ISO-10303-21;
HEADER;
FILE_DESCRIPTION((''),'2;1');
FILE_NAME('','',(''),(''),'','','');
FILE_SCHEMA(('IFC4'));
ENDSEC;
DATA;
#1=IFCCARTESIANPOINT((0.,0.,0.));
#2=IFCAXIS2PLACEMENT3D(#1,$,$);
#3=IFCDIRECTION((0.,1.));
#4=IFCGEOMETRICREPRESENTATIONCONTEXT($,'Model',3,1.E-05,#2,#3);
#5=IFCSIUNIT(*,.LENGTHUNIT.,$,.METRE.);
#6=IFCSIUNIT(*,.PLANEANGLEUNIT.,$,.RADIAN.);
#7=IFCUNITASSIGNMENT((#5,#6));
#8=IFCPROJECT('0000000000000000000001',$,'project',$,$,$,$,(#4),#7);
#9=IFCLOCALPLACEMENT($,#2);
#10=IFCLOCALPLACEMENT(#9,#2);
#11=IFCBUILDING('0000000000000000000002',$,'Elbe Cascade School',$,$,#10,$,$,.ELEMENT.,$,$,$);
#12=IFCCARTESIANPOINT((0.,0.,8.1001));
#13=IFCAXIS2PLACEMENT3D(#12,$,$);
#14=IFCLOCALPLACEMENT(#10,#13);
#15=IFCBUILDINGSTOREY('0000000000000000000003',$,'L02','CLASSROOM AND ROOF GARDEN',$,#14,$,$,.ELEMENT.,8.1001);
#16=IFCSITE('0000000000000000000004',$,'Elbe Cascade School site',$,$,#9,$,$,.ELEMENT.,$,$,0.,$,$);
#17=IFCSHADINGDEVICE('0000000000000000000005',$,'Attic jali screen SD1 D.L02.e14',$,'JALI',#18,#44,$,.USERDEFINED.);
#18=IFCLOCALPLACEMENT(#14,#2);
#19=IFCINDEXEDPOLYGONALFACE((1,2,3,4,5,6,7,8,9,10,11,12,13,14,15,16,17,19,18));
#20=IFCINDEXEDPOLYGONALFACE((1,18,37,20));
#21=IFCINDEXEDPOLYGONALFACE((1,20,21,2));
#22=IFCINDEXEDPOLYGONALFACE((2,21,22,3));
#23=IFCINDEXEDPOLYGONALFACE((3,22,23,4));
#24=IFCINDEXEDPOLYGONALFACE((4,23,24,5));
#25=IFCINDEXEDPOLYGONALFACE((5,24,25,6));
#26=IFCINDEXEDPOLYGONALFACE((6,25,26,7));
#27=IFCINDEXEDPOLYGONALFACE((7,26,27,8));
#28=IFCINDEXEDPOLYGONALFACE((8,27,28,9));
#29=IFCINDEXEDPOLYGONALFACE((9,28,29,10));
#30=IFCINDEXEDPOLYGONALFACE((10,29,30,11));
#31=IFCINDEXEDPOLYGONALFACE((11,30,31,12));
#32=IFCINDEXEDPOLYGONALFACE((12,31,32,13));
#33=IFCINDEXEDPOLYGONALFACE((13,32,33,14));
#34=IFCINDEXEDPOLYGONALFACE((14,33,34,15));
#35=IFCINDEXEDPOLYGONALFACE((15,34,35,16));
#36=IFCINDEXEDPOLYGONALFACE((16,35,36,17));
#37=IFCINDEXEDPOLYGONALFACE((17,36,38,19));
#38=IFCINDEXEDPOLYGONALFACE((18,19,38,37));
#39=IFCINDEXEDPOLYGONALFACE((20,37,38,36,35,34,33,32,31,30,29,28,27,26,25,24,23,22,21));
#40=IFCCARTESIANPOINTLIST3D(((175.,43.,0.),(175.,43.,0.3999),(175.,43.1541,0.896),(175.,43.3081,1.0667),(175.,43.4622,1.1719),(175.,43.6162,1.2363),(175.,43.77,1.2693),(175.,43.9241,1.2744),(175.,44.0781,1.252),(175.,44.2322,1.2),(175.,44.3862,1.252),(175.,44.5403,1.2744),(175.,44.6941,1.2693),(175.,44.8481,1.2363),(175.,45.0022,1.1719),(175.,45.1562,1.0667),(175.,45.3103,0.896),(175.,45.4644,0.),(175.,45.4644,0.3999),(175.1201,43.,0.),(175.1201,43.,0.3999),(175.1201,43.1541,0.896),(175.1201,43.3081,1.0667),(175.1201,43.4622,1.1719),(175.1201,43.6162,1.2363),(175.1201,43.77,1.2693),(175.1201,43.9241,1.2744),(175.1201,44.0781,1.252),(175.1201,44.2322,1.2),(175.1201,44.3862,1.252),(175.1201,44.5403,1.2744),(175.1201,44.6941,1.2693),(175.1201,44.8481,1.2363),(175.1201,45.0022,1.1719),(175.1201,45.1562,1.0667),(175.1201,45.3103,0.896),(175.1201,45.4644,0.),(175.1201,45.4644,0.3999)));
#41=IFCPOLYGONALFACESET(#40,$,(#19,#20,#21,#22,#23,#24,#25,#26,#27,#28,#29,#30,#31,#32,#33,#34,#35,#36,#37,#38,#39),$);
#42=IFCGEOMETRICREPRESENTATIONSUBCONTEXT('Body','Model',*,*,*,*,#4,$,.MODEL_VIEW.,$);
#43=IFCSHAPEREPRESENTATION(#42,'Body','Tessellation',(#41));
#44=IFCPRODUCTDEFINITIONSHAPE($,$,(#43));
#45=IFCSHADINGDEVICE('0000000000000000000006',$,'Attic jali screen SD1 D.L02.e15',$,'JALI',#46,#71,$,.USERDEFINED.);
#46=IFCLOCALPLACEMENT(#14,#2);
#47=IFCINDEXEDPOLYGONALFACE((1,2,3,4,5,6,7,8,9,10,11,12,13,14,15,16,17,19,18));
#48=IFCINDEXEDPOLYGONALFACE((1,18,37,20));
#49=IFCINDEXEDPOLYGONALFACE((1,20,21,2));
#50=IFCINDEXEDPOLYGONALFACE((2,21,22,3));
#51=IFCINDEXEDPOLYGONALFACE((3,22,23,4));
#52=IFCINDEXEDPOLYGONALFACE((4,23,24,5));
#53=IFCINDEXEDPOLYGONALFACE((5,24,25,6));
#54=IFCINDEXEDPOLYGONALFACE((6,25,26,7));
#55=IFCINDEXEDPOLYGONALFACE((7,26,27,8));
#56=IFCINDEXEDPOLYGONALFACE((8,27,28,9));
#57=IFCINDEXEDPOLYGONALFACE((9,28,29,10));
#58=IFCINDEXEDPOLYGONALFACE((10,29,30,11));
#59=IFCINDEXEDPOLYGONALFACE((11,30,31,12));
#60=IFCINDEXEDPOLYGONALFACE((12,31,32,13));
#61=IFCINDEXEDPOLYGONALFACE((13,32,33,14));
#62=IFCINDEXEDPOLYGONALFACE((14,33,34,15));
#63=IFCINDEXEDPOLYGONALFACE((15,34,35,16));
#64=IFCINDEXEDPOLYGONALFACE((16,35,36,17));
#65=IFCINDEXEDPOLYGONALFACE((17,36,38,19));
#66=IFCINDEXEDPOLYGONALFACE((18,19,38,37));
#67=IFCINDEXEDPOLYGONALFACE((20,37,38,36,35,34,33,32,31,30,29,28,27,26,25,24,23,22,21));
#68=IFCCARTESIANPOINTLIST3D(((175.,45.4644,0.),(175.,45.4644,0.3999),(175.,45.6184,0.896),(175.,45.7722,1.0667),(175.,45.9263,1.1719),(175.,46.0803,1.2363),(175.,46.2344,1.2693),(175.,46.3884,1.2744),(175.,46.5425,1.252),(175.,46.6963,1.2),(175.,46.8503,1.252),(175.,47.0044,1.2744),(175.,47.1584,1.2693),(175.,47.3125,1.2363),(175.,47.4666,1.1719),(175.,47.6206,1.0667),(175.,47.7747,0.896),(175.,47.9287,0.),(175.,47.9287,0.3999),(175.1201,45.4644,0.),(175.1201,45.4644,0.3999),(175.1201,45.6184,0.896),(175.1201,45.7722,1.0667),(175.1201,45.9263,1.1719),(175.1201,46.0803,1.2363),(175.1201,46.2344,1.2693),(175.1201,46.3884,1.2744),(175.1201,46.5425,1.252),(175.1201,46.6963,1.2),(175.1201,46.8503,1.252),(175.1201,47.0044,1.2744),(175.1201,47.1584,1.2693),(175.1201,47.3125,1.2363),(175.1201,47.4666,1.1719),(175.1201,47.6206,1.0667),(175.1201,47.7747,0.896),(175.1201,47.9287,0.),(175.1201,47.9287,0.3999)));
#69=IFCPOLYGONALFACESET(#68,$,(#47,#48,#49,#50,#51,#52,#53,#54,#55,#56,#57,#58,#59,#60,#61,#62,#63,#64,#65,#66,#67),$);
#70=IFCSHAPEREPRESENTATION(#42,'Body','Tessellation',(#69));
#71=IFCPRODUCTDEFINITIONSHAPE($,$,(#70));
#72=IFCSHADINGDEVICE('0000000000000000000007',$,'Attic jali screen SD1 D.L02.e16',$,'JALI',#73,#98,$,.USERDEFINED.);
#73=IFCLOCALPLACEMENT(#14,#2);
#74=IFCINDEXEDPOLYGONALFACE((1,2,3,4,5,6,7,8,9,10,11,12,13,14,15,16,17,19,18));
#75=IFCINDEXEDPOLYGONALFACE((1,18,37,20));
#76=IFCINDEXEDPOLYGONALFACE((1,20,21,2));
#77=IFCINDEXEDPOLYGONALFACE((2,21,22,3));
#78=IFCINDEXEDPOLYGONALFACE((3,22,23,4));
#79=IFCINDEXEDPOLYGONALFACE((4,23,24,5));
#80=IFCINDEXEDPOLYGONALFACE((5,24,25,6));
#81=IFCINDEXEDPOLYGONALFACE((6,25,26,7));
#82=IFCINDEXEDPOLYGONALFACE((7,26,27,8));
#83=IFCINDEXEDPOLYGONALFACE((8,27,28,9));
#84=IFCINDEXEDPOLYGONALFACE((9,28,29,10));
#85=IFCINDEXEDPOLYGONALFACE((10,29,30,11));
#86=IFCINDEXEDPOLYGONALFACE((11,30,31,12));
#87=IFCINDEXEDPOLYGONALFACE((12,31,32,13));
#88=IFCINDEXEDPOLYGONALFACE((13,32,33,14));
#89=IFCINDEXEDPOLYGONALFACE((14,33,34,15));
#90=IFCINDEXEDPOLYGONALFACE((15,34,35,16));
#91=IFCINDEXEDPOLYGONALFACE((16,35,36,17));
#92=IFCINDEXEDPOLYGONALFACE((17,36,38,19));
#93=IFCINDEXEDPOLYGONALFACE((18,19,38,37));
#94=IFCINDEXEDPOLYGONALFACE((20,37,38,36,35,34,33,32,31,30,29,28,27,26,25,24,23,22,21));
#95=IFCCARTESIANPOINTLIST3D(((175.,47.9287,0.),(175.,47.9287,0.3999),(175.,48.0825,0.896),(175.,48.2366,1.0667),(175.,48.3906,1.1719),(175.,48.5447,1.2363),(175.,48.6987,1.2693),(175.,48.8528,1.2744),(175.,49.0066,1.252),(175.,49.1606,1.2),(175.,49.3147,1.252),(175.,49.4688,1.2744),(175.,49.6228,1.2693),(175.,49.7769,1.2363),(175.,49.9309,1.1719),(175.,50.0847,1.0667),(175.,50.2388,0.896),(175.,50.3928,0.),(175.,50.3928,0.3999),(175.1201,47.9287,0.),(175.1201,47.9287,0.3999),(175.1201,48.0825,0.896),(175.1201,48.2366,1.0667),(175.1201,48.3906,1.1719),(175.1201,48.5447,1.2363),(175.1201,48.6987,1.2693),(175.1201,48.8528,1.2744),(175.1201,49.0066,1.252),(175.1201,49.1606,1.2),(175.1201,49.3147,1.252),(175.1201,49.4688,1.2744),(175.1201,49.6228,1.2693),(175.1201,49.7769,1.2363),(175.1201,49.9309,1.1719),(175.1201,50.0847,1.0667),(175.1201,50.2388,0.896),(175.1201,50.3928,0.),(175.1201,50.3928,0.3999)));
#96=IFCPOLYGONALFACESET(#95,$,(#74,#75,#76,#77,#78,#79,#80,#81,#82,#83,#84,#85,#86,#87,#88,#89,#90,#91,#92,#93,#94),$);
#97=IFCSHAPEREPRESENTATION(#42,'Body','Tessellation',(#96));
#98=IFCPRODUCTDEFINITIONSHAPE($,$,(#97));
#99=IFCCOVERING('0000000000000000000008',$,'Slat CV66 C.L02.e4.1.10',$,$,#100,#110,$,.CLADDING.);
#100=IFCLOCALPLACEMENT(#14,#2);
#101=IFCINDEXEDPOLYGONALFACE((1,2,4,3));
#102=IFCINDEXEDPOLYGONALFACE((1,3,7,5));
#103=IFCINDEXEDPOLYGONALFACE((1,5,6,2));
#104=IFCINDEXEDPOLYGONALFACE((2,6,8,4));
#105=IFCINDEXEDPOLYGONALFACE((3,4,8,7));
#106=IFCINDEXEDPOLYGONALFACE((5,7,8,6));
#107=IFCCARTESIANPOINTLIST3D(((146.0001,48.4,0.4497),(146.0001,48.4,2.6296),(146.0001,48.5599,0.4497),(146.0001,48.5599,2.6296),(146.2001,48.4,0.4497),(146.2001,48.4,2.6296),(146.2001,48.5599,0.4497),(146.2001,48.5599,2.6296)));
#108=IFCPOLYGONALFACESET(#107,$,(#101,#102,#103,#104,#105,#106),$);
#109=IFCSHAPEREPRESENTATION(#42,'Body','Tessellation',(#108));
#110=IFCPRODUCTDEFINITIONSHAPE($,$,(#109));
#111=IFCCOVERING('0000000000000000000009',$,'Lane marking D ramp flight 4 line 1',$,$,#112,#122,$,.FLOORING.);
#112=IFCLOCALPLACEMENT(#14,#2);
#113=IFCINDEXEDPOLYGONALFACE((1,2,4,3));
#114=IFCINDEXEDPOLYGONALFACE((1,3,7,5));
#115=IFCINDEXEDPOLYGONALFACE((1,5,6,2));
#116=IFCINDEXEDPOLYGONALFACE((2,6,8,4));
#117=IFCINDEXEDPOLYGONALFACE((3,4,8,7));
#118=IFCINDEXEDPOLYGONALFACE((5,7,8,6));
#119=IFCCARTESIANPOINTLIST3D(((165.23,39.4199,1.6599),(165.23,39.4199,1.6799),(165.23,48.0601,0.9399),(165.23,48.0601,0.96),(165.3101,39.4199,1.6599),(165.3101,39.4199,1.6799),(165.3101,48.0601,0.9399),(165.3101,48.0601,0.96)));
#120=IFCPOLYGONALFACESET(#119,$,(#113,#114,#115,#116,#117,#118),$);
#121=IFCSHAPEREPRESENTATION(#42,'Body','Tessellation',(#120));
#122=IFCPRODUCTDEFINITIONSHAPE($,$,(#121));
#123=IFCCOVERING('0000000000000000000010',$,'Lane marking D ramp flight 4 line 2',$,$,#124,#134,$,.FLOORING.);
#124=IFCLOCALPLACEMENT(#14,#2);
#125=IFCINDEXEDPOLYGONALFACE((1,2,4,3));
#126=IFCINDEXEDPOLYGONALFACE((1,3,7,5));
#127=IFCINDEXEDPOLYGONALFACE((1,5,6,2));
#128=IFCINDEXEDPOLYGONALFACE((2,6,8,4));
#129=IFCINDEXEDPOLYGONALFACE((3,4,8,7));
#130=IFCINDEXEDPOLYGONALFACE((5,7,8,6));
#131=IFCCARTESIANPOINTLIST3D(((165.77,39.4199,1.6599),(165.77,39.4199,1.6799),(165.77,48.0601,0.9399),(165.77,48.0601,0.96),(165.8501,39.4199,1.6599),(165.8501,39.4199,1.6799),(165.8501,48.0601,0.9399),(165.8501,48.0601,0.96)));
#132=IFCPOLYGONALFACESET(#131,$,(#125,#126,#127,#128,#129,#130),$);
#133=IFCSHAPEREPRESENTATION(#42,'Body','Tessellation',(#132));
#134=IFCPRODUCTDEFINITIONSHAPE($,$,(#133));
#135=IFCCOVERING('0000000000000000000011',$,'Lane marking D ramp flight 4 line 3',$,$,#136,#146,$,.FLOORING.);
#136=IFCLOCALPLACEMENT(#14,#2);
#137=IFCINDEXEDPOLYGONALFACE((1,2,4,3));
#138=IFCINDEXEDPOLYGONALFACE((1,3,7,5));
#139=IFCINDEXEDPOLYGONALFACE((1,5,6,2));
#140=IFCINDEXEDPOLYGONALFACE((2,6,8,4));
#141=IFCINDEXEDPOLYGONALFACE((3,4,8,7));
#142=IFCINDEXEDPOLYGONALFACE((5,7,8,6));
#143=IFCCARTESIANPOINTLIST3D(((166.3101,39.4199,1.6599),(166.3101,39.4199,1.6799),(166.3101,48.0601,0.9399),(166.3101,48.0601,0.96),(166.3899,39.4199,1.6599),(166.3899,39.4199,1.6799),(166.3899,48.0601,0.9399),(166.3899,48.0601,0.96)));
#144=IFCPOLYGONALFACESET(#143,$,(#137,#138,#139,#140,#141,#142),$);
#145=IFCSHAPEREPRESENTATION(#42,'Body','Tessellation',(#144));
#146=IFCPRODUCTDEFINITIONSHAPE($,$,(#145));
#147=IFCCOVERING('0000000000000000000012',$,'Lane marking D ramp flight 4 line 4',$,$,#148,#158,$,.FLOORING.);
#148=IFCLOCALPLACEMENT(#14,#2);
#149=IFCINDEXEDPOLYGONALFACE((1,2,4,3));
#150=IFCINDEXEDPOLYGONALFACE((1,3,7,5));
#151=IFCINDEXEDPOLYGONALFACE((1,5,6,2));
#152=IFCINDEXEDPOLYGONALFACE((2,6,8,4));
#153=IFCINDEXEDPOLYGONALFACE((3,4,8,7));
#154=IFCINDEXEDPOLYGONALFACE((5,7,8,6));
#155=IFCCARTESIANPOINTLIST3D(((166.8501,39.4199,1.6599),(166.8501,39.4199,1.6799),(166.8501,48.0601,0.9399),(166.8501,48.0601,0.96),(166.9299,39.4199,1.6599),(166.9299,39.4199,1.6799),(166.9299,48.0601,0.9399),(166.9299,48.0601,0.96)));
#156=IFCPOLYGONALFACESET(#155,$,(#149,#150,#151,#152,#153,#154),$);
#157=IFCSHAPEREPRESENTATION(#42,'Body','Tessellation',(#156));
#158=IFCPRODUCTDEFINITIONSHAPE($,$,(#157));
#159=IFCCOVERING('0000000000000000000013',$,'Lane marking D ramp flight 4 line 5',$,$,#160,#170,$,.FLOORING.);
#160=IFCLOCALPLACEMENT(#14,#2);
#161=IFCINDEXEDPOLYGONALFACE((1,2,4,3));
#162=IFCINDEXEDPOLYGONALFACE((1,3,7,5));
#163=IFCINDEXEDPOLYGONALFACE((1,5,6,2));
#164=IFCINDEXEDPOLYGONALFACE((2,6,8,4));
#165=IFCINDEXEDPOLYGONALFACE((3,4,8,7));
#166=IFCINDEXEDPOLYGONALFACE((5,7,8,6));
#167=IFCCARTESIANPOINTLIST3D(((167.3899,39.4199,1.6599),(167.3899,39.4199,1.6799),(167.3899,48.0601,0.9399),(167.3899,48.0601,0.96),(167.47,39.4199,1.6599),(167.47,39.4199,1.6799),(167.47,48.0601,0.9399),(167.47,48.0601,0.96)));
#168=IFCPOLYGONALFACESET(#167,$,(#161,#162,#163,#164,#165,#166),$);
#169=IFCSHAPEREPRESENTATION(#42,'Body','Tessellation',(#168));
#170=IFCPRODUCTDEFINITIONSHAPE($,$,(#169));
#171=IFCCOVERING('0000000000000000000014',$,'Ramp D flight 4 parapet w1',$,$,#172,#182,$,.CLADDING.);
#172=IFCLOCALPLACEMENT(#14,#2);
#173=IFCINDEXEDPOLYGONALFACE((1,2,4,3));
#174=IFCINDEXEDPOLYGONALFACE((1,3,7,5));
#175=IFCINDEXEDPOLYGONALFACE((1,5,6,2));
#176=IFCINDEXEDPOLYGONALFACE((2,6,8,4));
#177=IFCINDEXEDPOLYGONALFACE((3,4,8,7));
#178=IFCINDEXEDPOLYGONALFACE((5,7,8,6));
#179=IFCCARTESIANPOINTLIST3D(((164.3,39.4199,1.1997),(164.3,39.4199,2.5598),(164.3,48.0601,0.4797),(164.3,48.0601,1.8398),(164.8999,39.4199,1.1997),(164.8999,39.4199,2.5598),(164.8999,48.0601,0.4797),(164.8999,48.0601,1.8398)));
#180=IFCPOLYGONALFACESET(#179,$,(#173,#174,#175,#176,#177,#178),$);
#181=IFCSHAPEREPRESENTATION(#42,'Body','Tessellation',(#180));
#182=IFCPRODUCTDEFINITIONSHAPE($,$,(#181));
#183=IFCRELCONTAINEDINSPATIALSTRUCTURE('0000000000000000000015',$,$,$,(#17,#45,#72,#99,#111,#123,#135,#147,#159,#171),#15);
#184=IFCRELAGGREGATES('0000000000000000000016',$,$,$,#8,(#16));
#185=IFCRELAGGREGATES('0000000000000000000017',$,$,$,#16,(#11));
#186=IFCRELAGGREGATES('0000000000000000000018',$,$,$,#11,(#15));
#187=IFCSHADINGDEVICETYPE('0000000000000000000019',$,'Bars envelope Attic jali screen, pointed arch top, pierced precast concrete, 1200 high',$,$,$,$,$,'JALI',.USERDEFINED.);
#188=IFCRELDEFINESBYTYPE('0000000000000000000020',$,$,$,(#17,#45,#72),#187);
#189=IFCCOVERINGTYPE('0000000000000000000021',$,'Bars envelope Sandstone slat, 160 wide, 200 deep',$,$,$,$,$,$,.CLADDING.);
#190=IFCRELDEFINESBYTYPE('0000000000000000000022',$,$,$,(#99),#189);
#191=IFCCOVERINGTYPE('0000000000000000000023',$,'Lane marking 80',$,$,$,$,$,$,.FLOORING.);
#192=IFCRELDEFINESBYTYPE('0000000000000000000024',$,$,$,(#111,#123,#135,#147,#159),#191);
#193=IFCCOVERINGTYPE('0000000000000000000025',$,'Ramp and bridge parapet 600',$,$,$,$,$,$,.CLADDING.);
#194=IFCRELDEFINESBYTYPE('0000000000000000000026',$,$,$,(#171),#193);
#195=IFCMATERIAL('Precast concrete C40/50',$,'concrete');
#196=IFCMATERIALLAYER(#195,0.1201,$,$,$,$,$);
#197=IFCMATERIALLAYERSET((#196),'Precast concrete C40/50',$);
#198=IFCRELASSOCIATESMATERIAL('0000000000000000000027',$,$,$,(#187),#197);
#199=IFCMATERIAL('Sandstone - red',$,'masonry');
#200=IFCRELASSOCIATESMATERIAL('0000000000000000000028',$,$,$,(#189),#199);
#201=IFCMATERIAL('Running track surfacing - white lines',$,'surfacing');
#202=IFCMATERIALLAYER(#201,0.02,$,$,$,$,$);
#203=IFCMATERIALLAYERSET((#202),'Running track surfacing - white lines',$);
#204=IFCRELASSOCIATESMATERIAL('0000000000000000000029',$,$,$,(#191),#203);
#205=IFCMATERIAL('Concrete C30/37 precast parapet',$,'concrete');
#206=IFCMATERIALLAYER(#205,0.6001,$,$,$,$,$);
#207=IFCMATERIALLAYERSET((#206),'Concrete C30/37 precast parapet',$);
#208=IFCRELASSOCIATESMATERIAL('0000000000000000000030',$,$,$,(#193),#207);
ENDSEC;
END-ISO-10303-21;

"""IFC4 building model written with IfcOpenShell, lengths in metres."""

from ifc_helpers import new_model, si_unit, direction, frame, origin, origin_2d, place, context, subcontext, project, spatial, polyline, rectangle, outline, extrude, material, layer, layer_set, type_object, element, save


model = new_model("IFC4")

# Units and contexts
model_context = context("Model", 3, precision=1e-05, world=origin(), true_north=direction((0.0, 1.0)))
body_context = subcontext(model_context, "Body", "Model", "MODEL_VIEW")
ifc_project = project(units=[si_unit("LENGTHUNIT", "METRE"), si_unit("PLANEANGLEUNIT", "RADIAN")], contexts=[model_context])

# Site, building, storey
site_placement = place(None, origin())
site = spatial("IfcSite", under=ifc_project, at=site_placement, Name="Elbe Cascade School site", CompositionType="ELEMENT", RefElevation=0.0)
building_placement = place(site_placement, origin())
building = spatial("IfcBuilding", under=site, at=building_placement, Name="Elbe Cascade School", CompositionType="ELEMENT")
storey_placement = place(building_placement, frame((0.0, 0.0, 8.1001)))
storey = spatial("IfcBuildingStorey", under=building, at=storey_placement, Name="L02", Description="CLASSROOM AND ROOF GARDEN", CompositionType="ELEMENT", Elevation=8.1001)

# Shading devices
ifc_material_1 = material(Name="Precast concrete C40/50", Category="concrete")
ifc_layer_1 = layer(ifc_material_1, 0.1201)
ifc_layer_set_1 = layer_set([ifc_layer_1], Name="Precast concrete C40/50")
shading_device_type = type_object("IfcShadingDeviceType", Name="Bars envelope Attic jali screen, pointed arch top, pierced precast concrete, 1200 high", ElementType="JALI", PredefinedType="USERDEFINED", material=ifc_layer_set_1)
shading_device_1_placement = place(storey_placement, frame((175.1201, 43.0, 0.0), z_axis=(1.0, 0.0, 0.0), x_axis=(0.0, 1.0, 0.0)))
element("IfcShadingDevice", 1, at=shading_device_1_placement, inside=storey, type_object=shading_device_type, Name="Attic jali screen SD1 D.L02.e14", ObjectType="JALI", PredefinedType="USERDEFINED", context=body_context, shape_type="SweptSolid", body=[
    extrude(outline(polyline([(0.0, 0.0), (2.4644, 0.0), (2.4644, 0.3999), (2.3103, 0.896), (2.1562, 1.0667), (2.0022, 1.1719), (1.8481, 1.2363), (1.6941, 1.2693), (1.5403, 1.2744), (1.3862, 1.252), (1.2322, 1.2), (1.0781, 1.252), (0.9241, 1.2744), (0.77, 1.2693), (0.6162, 1.2363), (0.4622, 1.1719), (0.3081, 1.0667), (0.1541, 0.896), (0.0, 0.3999), (0.0, 0.0)])), origin(), (0.0, 0.0, -1.0), 0.1201),
])
shading_device_2_placement = place(storey_placement, frame((175.1201, 45.4644, 0.0), z_axis=(1.0, 0.0, 0.0), x_axis=(0.0, 1.0, 0.0)))
element("IfcShadingDevice", 2, at=shading_device_2_placement, inside=storey, type_object=shading_device_type, Name="Attic jali screen SD1 D.L02.e15", ObjectType="JALI", PredefinedType="USERDEFINED", context=body_context, shape_type="SweptSolid", body=[
    extrude(outline(polyline([(0.0, 0.0), (2.4644, 0.0), (2.4644, 0.3999), (2.3103, 0.896), (2.1562, 1.0667), (2.0022, 1.1719), (1.8481, 1.2363), (1.6941, 1.2693), (1.54, 1.2744), (1.386, 1.252), (1.2319, 1.2), (1.0781, 1.252), (0.9241, 1.2744), (0.77, 1.2693), (0.616, 1.2363), (0.4619, 1.1719), (0.3079, 1.0667), (0.1541, 0.896), (0.0, 0.3999), (0.0, 0.0)])), origin(), (0.0, 0.0, -1.0), 0.1201),
])
shading_device_3_placement = place(storey_placement, frame((175.1201, 47.9287, 0.0), z_axis=(1.0, 0.0, 0.0), x_axis=(0.0, 1.0, 0.0)))
element("IfcShadingDevice", 3, at=shading_device_3_placement, inside=storey, type_object=shading_device_type, Name="Attic jali screen SD1 D.L02.e16", ObjectType="JALI", PredefinedType="USERDEFINED", context=body_context, shape_type="SweptSolid", body=[
    extrude(outline(polyline([(0.0, 0.0), (2.4641, 0.0), (2.4641, 0.3999), (2.3101, 0.896), (2.156, 1.0667), (2.0022, 1.1719), (1.8481, 1.2363), (1.6941, 1.2693), (1.54, 1.2744), (1.386, 1.252), (1.2319, 1.2), (1.0779, 1.252), (0.9241, 1.2744), (0.77, 1.2693), (0.616, 1.2363), (0.4619, 1.1719), (0.3079, 1.0667), (0.1538, 0.896), (0.0, 0.3999), (0.0, 0.0)])), origin(), (0.0, 0.0, -1.0), 0.1201),
])

# Coverings
ifc_material_2 = material(Name="Sandstone - red", Category="masonry")
covering_type_1 = type_object("IfcCoveringType", Name="Bars envelope Sandstone slat, 160 wide, 200 deep", PredefinedType="CLADDING", material=ifc_material_2)
covering_1_placement = place(storey_placement, frame((146.1001, 48.48, 0.4497), z_axis=(0.0, 0.0, 1.0), x_axis=(0.0, 1.0, 0.0)))
element("IfcCovering", 4, at=covering_1_placement, inside=storey, type_object=covering_type_1, Name="Slat CV66 C.L02.e4.1.10", PredefinedType="CLADDING", context=body_context, shape_type="SweptSolid", body=[
    extrude(rectangle(XDim=0.1599, YDim=0.2, at=origin_2d()), origin(), (0.0, 0.0, 1.0), 2.1799),
])
ifc_material_3 = material(Name="Running track surfacing - white lines", Category="surfacing")
ifc_layer_2 = layer(ifc_material_3, 0.02)
ifc_layer_set_2 = layer_set([ifc_layer_2], Name="Running track surfacing - white lines")
covering_type_2 = type_object("IfcCoveringType", Name="Lane marking 80", PredefinedType="FLOORING", material=ifc_layer_set_2)
for number, where, z_axis, x_axis, name in (
    (5, (165.23, 39.4199, 1.6799), (0.0, 0.083041, 0.996546), (0.0, 0.996546, -0.083041), "Lane marking D ramp flight 4 line 1"),
    (6, (165.77, 39.4199, 1.6799), (0.0, 0.083041, 0.996546), (0.0, 0.996546, -0.083041), "Lane marking D ramp flight 4 line 2"),
):
    element("IfcCovering", number, at=place(storey_placement, frame(where, z_axis=z_axis, x_axis=x_axis)), inside=storey, type_object=covering_type_2, Name=name, PredefinedType="FLOORING", context=body_context, shape_type="SweptSolid", body=[
        extrude(outline(polyline([(0.0, 0.0), (8.6701, 0.0), (8.6701, -0.0801), (0.0, -0.0801), (0.0, 0.0)])), origin(), (0.083041, 0.0, -0.996546), 0.02),
    ])
for number, where, z_axis, x_axis, name in (
    (7, (166.3101, 39.4199, 1.6799), (0.0, 0.083041, 0.996546), (0.0, 0.996546, -0.083041), "Lane marking D ramp flight 4 line 3"),
    (8, (166.8501, 39.4199, 1.6799), (0.0, 0.083041, 0.996546), (0.0, 0.996546, -0.083041), "Lane marking D ramp flight 4 line 4"),
):
    element("IfcCovering", number, at=place(storey_placement, frame(where, z_axis=z_axis, x_axis=x_axis)), inside=storey, type_object=covering_type_2, Name=name, PredefinedType="FLOORING", context=body_context, shape_type="SweptSolid", body=[
        extrude(outline(polyline([(0.0, 0.0), (8.6701, 0.0), (8.6701, -0.0798), (0.0, -0.0798), (0.0, 0.0)])), origin(), (0.083041, 0.0, -0.996546), 0.02),
    ])
covering_2_placement = place(storey_placement, frame((167.3899, 39.4199, 1.6799), z_axis=(0.0, 0.083041, 0.996546), x_axis=(0.0, 0.996546, -0.083041)))
element("IfcCovering", 9, at=covering_2_placement, inside=storey, type_object=covering_type_2, Name="Lane marking D ramp flight 4 line 5", PredefinedType="FLOORING", context=body_context, shape_type="SweptSolid", body=[
    extrude(outline(polyline([(0.0, 0.0), (8.6701, 0.0), (8.6701, -0.0801), (0.0, -0.0801), (0.0, 0.0)])), origin(), (0.083041, 0.0, -0.996546), 0.02),
])
ifc_material_4 = material(Name="Concrete C30/37 precast parapet", Category="concrete")
ifc_layer_3 = layer(ifc_material_4, 0.6001)
ifc_layer_set_3 = layer_set([ifc_layer_3], Name="Concrete C30/37 precast parapet")
covering_type_3 = type_object("IfcCoveringType", Name="Ramp and bridge parapet 600", PredefinedType="CLADDING", material=ifc_layer_set_3)
for number, where, z_axis, x_axis, name in (
    (10, (164.3, 39.4199, 2.5598), (0.0, 0.083041, 0.996546), (0.0, 0.996546, -0.083041), "Ramp D flight 4 parapet w1"),
):
    element("IfcCovering", number, at=place(storey_placement, frame(where, z_axis=z_axis, x_axis=x_axis)), inside=storey, type_object=covering_type_3, Name=name, PredefinedType="CLADDING", context=body_context, shape_type="SweptSolid", body=[
        extrude(outline(polyline([(0.0, 0.0), (8.6701, 0.0), (8.6701, -0.5999), (0.0, -0.5999), (0.0, 0.0)])), origin(), (0.083041, 0.0, -0.996546), 1.3601),
    ])

save(model, "model.ifc")
